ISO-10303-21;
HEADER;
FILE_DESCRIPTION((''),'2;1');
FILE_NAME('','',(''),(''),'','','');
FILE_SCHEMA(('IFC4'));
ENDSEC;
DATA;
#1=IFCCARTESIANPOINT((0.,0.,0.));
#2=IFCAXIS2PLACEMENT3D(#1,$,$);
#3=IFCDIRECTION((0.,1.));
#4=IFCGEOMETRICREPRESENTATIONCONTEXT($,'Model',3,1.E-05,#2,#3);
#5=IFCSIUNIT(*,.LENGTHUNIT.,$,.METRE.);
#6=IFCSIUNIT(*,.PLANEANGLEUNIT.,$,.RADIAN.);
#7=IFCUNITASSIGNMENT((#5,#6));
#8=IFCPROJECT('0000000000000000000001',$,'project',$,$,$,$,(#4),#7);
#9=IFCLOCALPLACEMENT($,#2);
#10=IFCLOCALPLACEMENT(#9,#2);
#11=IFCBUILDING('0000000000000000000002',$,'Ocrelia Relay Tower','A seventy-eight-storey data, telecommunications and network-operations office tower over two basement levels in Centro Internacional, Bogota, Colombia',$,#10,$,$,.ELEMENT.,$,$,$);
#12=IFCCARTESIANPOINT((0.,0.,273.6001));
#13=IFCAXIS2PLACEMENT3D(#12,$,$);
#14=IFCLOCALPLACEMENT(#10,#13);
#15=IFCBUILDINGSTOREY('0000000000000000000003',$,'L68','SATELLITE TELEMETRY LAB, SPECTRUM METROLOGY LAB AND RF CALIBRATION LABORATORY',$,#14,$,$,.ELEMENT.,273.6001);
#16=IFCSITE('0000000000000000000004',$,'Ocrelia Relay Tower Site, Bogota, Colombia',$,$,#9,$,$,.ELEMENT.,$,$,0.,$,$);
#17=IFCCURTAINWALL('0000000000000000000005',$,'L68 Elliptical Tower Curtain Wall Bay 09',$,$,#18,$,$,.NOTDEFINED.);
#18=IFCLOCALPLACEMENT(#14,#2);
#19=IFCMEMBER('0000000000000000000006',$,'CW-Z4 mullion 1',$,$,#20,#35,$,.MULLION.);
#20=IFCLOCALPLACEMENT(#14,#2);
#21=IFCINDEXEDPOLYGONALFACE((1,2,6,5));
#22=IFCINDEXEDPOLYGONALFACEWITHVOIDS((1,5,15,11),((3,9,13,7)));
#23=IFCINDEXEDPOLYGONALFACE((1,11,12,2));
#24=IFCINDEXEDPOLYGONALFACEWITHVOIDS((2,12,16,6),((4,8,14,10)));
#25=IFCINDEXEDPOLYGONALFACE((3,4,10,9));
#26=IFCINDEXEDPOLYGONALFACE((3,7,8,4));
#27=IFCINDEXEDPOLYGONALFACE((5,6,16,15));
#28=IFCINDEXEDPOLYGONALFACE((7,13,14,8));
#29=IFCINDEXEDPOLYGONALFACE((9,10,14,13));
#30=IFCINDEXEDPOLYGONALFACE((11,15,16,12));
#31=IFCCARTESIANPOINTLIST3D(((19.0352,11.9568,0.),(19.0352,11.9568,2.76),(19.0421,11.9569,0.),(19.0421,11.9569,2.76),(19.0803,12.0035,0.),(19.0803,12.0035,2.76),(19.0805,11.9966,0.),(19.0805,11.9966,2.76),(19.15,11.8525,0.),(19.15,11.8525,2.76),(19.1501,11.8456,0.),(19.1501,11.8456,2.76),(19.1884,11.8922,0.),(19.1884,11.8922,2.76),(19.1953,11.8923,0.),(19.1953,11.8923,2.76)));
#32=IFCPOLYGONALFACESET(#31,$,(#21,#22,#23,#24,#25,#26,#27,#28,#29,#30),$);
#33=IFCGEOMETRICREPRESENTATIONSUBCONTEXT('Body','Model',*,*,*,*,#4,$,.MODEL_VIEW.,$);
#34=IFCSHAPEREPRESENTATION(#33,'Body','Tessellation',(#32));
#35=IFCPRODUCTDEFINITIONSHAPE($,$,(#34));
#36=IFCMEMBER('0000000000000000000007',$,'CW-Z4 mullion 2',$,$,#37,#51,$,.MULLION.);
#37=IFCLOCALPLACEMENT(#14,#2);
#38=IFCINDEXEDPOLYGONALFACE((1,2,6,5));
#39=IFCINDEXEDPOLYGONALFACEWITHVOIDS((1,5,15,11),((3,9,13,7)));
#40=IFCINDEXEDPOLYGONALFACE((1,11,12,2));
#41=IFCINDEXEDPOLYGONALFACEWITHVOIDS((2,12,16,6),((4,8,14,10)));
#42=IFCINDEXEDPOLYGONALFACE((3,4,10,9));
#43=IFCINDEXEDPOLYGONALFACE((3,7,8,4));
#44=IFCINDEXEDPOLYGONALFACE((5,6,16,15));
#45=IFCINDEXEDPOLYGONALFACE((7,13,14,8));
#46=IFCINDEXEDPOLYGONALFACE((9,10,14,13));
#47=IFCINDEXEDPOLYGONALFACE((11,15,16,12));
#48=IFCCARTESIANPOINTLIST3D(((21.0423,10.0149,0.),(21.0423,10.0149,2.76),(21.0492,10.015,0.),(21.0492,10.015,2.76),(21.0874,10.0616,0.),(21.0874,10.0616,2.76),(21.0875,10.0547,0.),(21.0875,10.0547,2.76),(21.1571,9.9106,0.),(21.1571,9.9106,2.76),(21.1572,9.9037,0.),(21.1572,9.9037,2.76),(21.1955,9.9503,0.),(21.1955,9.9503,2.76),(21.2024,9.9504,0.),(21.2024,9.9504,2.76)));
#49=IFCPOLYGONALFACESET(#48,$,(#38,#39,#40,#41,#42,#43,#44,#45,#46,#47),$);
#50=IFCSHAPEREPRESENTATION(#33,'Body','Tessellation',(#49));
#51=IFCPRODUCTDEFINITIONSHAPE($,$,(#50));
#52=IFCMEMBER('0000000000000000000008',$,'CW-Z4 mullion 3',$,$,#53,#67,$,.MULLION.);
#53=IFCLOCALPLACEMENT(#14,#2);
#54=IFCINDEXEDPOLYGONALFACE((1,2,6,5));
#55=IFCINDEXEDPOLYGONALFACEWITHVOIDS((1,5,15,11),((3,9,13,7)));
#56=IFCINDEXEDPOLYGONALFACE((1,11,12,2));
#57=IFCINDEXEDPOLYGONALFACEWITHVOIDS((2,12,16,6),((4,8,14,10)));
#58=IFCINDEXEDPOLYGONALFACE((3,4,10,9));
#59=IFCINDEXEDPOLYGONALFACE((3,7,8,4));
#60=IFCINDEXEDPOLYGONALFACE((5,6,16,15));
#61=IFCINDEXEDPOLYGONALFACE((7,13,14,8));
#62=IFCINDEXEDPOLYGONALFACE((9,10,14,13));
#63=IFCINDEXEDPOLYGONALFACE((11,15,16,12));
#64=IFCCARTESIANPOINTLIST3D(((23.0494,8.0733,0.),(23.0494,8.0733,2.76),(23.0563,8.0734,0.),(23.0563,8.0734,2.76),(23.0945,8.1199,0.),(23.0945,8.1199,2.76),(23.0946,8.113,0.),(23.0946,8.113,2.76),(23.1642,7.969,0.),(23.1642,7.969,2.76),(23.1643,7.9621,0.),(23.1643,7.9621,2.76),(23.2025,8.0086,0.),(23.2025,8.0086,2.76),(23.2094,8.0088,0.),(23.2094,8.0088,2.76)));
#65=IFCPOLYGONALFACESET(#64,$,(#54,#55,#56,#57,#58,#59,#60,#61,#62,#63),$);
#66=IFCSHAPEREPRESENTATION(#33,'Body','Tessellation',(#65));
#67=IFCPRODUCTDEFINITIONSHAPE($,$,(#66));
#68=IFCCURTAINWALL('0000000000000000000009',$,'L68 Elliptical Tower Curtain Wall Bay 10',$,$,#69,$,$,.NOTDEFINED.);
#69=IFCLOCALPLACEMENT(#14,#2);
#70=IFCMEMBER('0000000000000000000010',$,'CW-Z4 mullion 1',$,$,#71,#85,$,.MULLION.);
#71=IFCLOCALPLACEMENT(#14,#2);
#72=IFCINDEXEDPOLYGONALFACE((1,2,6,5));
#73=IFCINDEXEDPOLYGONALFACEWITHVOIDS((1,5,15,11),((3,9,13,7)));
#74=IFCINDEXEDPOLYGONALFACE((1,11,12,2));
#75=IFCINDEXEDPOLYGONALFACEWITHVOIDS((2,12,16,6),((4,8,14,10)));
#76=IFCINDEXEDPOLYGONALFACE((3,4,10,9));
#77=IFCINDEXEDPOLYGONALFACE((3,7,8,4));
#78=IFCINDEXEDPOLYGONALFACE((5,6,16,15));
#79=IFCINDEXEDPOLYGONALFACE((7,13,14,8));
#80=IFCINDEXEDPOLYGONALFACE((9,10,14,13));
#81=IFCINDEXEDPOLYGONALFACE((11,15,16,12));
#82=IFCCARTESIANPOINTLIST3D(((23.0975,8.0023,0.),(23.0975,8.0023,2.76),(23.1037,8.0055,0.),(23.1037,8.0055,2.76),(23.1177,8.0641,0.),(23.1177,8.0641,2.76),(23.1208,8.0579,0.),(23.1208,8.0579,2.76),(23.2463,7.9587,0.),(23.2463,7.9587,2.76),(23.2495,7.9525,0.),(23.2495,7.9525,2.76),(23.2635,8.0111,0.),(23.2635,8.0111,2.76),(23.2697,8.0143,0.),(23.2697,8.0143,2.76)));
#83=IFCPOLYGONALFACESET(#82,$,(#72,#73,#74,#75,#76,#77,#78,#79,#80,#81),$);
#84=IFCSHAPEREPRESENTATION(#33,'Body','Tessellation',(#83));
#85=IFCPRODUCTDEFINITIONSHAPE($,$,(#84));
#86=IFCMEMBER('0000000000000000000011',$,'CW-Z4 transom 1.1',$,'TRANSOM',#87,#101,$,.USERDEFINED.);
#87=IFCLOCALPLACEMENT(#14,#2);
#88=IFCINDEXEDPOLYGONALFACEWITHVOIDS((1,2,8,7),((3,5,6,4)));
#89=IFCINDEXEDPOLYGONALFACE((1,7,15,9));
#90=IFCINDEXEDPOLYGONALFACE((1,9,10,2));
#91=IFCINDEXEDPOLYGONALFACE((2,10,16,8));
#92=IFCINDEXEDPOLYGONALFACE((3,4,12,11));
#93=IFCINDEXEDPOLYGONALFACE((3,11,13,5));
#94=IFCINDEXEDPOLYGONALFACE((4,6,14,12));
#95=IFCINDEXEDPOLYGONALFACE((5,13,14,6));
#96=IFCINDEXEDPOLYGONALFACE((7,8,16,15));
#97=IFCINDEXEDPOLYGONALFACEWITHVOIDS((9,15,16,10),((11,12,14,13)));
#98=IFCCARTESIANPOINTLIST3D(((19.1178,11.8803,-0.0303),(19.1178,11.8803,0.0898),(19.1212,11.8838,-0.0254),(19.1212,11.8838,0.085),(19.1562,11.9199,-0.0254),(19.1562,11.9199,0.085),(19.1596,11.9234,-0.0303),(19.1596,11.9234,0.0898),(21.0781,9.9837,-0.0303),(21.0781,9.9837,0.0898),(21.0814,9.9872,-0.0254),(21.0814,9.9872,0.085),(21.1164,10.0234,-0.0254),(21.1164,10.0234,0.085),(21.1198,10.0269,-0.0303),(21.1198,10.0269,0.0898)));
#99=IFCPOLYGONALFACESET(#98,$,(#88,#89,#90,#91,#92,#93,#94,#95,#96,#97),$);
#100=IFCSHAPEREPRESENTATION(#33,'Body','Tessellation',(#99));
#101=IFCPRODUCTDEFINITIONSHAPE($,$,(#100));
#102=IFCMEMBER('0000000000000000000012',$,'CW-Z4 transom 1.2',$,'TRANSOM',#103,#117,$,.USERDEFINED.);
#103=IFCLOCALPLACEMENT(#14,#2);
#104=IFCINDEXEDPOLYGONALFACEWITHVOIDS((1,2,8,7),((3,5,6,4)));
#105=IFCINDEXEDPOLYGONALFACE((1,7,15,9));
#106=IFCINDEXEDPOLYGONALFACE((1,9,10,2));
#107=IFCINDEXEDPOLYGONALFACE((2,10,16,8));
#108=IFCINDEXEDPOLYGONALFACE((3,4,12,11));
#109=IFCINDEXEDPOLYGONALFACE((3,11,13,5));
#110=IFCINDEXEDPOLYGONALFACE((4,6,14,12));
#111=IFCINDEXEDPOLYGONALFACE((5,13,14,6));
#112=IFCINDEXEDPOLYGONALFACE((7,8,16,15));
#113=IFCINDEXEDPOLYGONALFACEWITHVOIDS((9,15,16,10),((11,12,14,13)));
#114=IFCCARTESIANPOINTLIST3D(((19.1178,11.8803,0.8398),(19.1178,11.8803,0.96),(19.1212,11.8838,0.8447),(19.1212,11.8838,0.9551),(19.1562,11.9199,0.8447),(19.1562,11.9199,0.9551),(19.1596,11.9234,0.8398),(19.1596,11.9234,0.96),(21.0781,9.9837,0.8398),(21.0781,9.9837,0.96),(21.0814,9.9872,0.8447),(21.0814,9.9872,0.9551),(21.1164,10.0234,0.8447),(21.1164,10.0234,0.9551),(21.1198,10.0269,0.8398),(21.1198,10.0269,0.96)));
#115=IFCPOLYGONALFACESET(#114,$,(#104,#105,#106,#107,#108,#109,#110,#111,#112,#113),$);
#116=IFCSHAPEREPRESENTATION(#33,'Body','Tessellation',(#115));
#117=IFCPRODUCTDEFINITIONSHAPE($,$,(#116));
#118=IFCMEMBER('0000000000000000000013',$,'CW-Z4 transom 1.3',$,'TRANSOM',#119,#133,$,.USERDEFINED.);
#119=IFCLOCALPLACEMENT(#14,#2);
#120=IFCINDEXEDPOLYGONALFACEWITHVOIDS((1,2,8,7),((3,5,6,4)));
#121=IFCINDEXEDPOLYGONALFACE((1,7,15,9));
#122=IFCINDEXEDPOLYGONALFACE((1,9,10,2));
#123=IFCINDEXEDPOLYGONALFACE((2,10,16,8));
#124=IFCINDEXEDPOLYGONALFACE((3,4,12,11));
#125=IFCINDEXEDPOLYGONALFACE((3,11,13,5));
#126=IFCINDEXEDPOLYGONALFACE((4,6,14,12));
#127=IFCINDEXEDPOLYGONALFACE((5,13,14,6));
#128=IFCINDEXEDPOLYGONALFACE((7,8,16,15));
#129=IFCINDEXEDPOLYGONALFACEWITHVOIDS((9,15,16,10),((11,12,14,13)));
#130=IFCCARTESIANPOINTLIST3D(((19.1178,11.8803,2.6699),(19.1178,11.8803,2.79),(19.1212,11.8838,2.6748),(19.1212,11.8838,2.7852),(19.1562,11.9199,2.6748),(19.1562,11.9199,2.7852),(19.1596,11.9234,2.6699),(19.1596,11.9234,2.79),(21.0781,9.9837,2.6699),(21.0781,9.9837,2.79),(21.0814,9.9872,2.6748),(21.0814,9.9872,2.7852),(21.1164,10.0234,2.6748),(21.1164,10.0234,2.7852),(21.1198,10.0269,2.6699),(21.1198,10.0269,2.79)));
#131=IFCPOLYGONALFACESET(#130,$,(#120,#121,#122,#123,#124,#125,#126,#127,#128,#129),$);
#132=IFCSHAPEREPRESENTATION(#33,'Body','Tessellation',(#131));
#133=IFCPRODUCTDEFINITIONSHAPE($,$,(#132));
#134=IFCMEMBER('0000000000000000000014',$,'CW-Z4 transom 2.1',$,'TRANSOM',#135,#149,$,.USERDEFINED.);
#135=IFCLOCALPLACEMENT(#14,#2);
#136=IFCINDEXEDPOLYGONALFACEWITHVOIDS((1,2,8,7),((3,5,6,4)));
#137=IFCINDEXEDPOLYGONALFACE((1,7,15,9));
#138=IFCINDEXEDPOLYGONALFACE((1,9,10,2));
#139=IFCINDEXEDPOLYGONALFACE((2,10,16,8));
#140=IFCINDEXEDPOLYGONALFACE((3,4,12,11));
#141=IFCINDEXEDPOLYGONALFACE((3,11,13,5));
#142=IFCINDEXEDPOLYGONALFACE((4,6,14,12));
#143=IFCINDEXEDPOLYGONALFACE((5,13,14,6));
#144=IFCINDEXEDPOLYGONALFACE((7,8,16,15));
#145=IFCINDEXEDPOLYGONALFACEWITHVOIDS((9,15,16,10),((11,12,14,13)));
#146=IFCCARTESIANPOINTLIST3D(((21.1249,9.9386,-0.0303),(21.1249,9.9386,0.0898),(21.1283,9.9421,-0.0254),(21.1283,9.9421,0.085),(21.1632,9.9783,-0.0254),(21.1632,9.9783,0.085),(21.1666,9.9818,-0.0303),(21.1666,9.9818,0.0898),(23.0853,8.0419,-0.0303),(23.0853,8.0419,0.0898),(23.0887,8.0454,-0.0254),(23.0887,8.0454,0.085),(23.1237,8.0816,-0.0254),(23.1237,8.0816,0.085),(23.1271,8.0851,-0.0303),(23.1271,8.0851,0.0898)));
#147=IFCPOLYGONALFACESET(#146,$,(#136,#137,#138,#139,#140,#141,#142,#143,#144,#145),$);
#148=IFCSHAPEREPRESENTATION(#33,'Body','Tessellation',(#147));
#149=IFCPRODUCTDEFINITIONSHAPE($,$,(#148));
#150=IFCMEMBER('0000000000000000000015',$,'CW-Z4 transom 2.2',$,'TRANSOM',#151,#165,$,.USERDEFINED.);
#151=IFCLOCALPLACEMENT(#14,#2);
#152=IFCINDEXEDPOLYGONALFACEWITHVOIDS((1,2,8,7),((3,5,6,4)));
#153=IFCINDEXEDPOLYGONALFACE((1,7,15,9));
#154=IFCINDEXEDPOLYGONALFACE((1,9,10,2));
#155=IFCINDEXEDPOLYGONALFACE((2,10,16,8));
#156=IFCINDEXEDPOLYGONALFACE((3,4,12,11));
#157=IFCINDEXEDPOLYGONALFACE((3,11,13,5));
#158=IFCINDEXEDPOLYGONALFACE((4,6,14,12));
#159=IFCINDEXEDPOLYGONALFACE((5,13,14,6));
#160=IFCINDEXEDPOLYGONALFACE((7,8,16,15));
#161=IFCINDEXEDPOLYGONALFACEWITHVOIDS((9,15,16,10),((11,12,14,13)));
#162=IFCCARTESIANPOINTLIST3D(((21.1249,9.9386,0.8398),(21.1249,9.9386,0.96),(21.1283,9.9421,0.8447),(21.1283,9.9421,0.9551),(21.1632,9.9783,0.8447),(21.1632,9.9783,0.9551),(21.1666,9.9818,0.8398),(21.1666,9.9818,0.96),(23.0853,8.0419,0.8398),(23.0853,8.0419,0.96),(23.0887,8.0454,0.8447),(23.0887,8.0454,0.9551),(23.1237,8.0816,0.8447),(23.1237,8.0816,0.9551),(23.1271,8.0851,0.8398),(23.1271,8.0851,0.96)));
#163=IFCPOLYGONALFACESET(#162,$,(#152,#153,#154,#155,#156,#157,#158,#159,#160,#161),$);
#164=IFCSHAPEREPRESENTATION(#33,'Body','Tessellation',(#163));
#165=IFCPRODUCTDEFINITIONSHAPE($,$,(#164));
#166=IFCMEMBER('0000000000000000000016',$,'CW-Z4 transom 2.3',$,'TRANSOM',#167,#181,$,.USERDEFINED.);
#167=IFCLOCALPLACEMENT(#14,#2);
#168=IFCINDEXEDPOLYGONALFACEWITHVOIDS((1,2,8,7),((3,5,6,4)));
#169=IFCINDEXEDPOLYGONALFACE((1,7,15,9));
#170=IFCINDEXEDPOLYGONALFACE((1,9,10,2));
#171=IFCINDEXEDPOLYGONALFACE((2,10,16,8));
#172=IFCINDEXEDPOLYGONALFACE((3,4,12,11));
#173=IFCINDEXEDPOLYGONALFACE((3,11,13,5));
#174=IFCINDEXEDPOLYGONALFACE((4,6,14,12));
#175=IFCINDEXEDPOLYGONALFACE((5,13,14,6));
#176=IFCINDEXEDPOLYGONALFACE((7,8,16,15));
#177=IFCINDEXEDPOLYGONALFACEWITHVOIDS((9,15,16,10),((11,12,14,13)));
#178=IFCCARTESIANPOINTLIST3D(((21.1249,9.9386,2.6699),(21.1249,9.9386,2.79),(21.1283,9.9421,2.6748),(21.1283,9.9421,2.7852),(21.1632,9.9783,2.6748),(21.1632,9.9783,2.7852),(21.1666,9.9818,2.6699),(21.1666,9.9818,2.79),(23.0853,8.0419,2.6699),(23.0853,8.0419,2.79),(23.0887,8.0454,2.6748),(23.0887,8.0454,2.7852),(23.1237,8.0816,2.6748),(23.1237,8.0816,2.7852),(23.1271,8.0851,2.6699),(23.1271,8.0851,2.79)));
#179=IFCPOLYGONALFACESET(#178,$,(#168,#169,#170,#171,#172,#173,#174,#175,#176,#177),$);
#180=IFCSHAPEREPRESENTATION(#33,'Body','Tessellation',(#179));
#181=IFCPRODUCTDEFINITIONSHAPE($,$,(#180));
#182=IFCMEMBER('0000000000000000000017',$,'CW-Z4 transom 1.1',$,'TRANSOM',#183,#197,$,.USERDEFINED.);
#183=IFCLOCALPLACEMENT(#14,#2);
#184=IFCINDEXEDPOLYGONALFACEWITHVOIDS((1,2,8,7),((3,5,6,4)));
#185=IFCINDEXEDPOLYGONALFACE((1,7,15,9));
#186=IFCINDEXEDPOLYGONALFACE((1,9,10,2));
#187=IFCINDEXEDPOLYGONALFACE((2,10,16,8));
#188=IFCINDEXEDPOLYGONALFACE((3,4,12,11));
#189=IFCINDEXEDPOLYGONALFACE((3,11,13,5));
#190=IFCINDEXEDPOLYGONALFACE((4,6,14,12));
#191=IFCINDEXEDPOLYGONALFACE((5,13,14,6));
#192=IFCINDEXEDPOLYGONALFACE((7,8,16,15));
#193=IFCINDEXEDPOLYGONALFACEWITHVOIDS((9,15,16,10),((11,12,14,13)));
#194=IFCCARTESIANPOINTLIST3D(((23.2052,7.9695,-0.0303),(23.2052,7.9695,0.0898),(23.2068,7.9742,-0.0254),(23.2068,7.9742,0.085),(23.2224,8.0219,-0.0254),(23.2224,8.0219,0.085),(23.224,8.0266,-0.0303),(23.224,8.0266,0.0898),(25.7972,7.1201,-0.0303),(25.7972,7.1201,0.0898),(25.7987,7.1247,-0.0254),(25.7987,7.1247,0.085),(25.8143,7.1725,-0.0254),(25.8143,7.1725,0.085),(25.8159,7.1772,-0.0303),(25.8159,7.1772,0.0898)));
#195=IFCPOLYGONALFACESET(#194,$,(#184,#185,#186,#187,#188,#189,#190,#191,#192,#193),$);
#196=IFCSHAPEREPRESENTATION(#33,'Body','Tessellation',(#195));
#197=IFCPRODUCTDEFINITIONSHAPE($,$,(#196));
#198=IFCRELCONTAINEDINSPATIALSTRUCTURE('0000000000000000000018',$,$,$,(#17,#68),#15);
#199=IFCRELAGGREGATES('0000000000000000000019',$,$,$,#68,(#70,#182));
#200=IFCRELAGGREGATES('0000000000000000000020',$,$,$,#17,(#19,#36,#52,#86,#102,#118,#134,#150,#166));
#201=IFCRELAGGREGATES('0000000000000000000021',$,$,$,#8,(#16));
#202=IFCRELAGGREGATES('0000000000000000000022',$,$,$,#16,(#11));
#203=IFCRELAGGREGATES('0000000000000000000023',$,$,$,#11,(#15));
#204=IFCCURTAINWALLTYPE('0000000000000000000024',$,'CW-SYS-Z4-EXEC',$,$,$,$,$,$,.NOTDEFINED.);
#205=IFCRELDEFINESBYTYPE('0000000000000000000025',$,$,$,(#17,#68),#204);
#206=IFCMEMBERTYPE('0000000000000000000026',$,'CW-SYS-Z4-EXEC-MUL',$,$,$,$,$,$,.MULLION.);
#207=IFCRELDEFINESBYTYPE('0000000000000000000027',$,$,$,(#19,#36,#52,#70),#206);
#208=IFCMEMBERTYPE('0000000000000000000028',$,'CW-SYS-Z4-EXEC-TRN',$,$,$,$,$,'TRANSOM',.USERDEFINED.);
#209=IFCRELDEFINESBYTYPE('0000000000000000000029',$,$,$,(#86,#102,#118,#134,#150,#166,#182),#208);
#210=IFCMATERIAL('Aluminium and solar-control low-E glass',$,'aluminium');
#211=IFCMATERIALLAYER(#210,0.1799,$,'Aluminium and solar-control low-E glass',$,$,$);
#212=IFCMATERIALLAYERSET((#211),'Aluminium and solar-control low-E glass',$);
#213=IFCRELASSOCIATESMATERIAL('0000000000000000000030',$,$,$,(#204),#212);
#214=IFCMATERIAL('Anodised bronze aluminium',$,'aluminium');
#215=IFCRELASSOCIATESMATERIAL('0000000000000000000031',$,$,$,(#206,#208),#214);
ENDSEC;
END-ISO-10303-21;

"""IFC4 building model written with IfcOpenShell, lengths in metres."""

from ifc_helpers import new_model, si_unit, direction, frame, origin, origin_2d, place, context, subcontext, project, spatial, hollow_rectangle, extrude, material, layer, layer_set, material_profile, profile_set, type_object, element, aggregate, save


model = new_model("IFC4")

# Units and contexts
model_context = context("Model", 3, precision=1e-05, world=origin(), true_north=direction((0.0, 1.0)))
body_context = subcontext(model_context, "Body", "Model", "MODEL_VIEW")
ifc_project = project(units=[si_unit("LENGTHUNIT", "METRE"), si_unit("PLANEANGLEUNIT", "RADIAN")], contexts=[model_context])

# Site, building, storey
site_placement = place(None, origin())
site = spatial("IfcSite", under=ifc_project, at=site_placement, Name="Ocrelia Relay Tower Site, Bogota, Colombia", CompositionType="ELEMENT", RefElevation=0.0)
building_placement = place(site_placement, origin())
building = spatial("IfcBuilding", under=site, at=building_placement, Name="Ocrelia Relay Tower", Description="A seventy-eight-storey data, telecommunications and network-operations office tower over two basement levels in Centro Internacional, Bogota, Colombia", CompositionType="ELEMENT")
storey_placement = place(building_placement, frame((0.0, 0.0, 273.6001)))
storey = spatial("IfcBuildingStorey", under=building, at=storey_placement, Name="L68", Description="SATELLITE TELEMETRY LAB, SPECTRUM METROLOGY LAB AND RF CALIBRATION LABORATORY", CompositionType="ELEMENT", Elevation=273.6001)

# Curtain wall, members
ifc_material_1 = material(Name="Aluminium and solar-control low-E glass", Category="aluminium")
ifc_layer_1 = layer(ifc_material_1, 0.1799, Name="Aluminium and solar-control low-E glass")
ifc_layer_set_1 = layer_set([ifc_layer_1], Name="Aluminium and solar-control low-E glass")
curtain_wall_type = type_object("IfcCurtainWallType", Name="CW-SYS-Z4-EXEC", PredefinedType="NOTDEFINED", material=ifc_layer_set_1)
curtain_wall_1_placement = place(storey_placement, origin())
curtain_wall_1 = element("IfcCurtainWall", 1, at=curtain_wall_1_placement, inside=storey, type_object=curtain_wall_type, Name="L68 Elliptical Tower Curtain Wall Bay 09", PredefinedType="NOTDEFINED")
ifc_material_2 = material(Name="Anodised bronze aluminium", Category="aluminium")
ifc_material_profile_1 = material_profile(ifc_material_2, hollow_rectangle(XDim=0.0649, YDim=0.1599, WallThickness=0.0049, at=origin_2d()), Name="CW-MUL-160x65")
ifc_profile_set_1 = profile_set([ifc_material_profile_1], Name="Anodised bronze aluminium")
member_type_1 = type_object("IfcMemberType", Name="CW-SYS-Z4-EXEC-MUL", PredefinedType="MULLION", material=ifc_profile_set_1)
member_1_placement = place(storey_placement, frame((19.1152, 11.9246, 0.0), z_axis=(0.0, 0.0, 1.0), x_axis=(0.695311, 0.718709, 0.0)))
member_1 = element("IfcMember", 2, at=member_1_placement, type_object=member_type_1, Name="CW-Z4 mullion 1", PredefinedType="MULLION", context=body_context, shape_type="SweptSolid", body=[
    extrude(hollow_rectangle(XDim=0.0649, YDim=0.1599, WallThickness=0.0049, at=origin_2d()), origin(), (0.0, 0.0, 1.0), 2.76),
])
member_2_placement = place(storey_placement, frame((21.1223, 9.9827, 0.0), z_axis=(0.0, 0.0, 1.0), x_axis=(0.695311, 0.718709, 0.0)))
member_2 = element("IfcMember", 3, at=member_2_placement, type_object=member_type_1, Name="CW-Z4 mullion 2", PredefinedType="MULLION", context=body_context, shape_type="SweptSolid", body=[
    extrude(hollow_rectangle(XDim=0.0649, YDim=0.1599, WallThickness=0.0049, at=origin_2d()), origin(), (0.0, 0.0, 1.0), 2.76),
])
member_3_placement = place(storey_placement, frame((23.1294, 8.041, 0.0), z_axis=(0.0, 0.0, 1.0), x_axis=(0.695311, 0.718709, 0.0)))
member_3 = element("IfcMember", 4, at=member_3_placement, type_object=member_type_1, Name="CW-Z4 mullion 3", PredefinedType="MULLION", context=body_context, shape_type="SweptSolid", body=[
    extrude(hollow_rectangle(XDim=0.0649, YDim=0.1599, WallThickness=0.0049, at=origin_2d()), origin(), (0.0, 0.0, 1.0), 2.76),
])

# Curtain wall, member
curtain_wall_2_placement = place(storey_placement, origin())
curtain_wall_2 = element("IfcCurtainWall", 5, at=curtain_wall_2_placement, inside=storey, type_object=curtain_wall_type, Name="L68 Elliptical Tower Curtain Wall Bay 10", PredefinedType="NOTDEFINED")
member_4_placement = place(storey_placement, frame((23.1836, 8.0083, 0.0), z_axis=(0.0, 0.0, 1.0), x_axis=(0.311472, 0.950255, 0.0)))
member_4 = element("IfcMember", 6, at=member_4_placement, type_object=member_type_1, Name="CW-Z4 mullion 1", PredefinedType="MULLION", context=body_context, shape_type="SweptSolid", body=[
    extrude(hollow_rectangle(XDim=0.0649, YDim=0.1599, WallThickness=0.0049, at=origin_2d()), origin(), (0.0, 0.0, 1.0), 2.76),
])

# Members
ifc_material_profile_2 = material_profile(ifc_material_2, hollow_rectangle(XDim=0.0601, YDim=0.1201, WallThickness=0.0049, at=origin_2d()), Name="CW-TRN-120x60")
ifc_profile_set_2 = profile_set([ifc_material_profile_2], Name="Anodised bronze aluminium")
member_type_2 = type_object("IfcMemberType", Name="CW-SYS-Z4-EXEC-TRN", ElementType="TRANSOM", PredefinedType="USERDEFINED", material=ifc_profile_set_2)
member_5_placement = place(storey_placement, frame((19.1387, 11.9019, 0.0298), z_axis=(0.718692, -0.695329, 0.0), x_axis=(0.695329, 0.718692, 0.0)))
member_5 = element("IfcMember", 7, at=member_5_placement, type_object=member_type_2, Name="CW-Z4 transom 1.1", ObjectType="TRANSOM", PredefinedType="USERDEFINED", context=body_context, shape_type="SweptSolid", body=[
    extrude(hollow_rectangle(XDim=0.0601, YDim=0.1201, WallThickness=0.0049, at=origin_2d()), origin(), (0.0, 0.0, 1.0), 2.7275),
])
member_6_placement = place(storey_placement, frame((19.1387, 11.9019, 0.8999), z_axis=(0.718692, -0.695329, 0.0), x_axis=(0.695329, 0.718692, 0.0)))
member_6 = element("IfcMember", 8, at=member_6_placement, type_object=member_type_2, Name="CW-Z4 transom 1.2", ObjectType="TRANSOM", PredefinedType="USERDEFINED", context=body_context, shape_type="SweptSolid", body=[
    extrude(hollow_rectangle(XDim=0.0601, YDim=0.1201, WallThickness=0.0049, at=origin_2d()), origin(), (0.0, 0.0, 1.0), 2.7275),
])
member_7_placement = place(storey_placement, frame((19.1387, 11.9019, 2.73), z_axis=(0.718692, -0.695329, 0.0), x_axis=(0.695329, 0.718692, 0.0)))
member_7 = element("IfcMember", 9, at=member_7_placement, type_object=member_type_2, Name="CW-Z4 transom 1.3", ObjectType="TRANSOM", PredefinedType="USERDEFINED", context=body_context, shape_type="SweptSolid", body=[
    extrude(hollow_rectangle(XDim=0.0601, YDim=0.1201, WallThickness=0.0049, at=origin_2d()), origin(), (0.0, 0.0, 1.0), 2.7275),
])
member_8_placement = place(storey_placement, frame((21.1458, 9.9602, 0.0298), z_axis=(0.71869, -0.69533, 0.0), x_axis=(0.69533, 0.71869, 0.0)))
member_8 = element("IfcMember", 10, at=member_8_placement, type_object=member_type_2, Name="CW-Z4 transom 2.1", ObjectType="TRANSOM", PredefinedType="USERDEFINED", context=body_context, shape_type="SweptSolid", body=[
    extrude(hollow_rectangle(XDim=0.0601, YDim=0.1201, WallThickness=0.0049, at=origin_2d()), origin(), (0.0, 0.0, 1.0), 2.7278),
])
member_9_placement = place(storey_placement, frame((21.1458, 9.9602, 0.8999), z_axis=(0.71869, -0.69533, 0.0), x_axis=(0.69533, 0.71869, 0.0)))
member_9 = element("IfcMember", 11, at=member_9_placement, type_object=member_type_2, Name="CW-Z4 transom 2.2", ObjectType="TRANSOM", PredefinedType="USERDEFINED", context=body_context, shape_type="SweptSolid", body=[
    extrude(hollow_rectangle(XDim=0.0601, YDim=0.1201, WallThickness=0.0049, at=origin_2d()), origin(), (0.0, 0.0, 1.0), 2.7278),
])
member_10_placement = place(storey_placement, frame((21.1458, 9.9602, 2.73), z_axis=(0.71869, -0.69533, 0.0), x_axis=(0.69533, 0.71869, 0.0)))
member_10 = element("IfcMember", 12, at=member_10_placement, type_object=member_type_2, Name="CW-Z4 transom 2.3", ObjectType="TRANSOM", PredefinedType="USERDEFINED", context=body_context, shape_type="SweptSolid", body=[
    extrude(hollow_rectangle(XDim=0.0601, YDim=0.1201, WallThickness=0.0049, at=origin_2d()), origin(), (0.0, 0.0, 1.0), 2.7278),
])
member_11_placement = place(storey_placement, frame((23.2146, 7.998, 0.0298), z_axis=(0.950273, -0.311417, 0.0), x_axis=(0.311417, 0.950273, 0.0)))
member_11 = element("IfcMember", 13, at=member_11_placement, type_object=member_type_2, Name="CW-Z4 transom 1.1", ObjectType="TRANSOM", PredefinedType="USERDEFINED", context=body_context, shape_type="SweptSolid", body=[
    extrude(hollow_rectangle(XDim=0.0601, YDim=0.1201, WallThickness=0.0049, at=origin_2d()), origin(), (0.0, 0.0, 1.0), 2.7275),
])
aggregate(curtain_wall_2, [member_4, member_11])

aggregate(curtain_wall_1, [member_1, member_2, member_3, member_5, member_6, member_7, member_8, member_9, member_10])

save(model, "model.ifc")
